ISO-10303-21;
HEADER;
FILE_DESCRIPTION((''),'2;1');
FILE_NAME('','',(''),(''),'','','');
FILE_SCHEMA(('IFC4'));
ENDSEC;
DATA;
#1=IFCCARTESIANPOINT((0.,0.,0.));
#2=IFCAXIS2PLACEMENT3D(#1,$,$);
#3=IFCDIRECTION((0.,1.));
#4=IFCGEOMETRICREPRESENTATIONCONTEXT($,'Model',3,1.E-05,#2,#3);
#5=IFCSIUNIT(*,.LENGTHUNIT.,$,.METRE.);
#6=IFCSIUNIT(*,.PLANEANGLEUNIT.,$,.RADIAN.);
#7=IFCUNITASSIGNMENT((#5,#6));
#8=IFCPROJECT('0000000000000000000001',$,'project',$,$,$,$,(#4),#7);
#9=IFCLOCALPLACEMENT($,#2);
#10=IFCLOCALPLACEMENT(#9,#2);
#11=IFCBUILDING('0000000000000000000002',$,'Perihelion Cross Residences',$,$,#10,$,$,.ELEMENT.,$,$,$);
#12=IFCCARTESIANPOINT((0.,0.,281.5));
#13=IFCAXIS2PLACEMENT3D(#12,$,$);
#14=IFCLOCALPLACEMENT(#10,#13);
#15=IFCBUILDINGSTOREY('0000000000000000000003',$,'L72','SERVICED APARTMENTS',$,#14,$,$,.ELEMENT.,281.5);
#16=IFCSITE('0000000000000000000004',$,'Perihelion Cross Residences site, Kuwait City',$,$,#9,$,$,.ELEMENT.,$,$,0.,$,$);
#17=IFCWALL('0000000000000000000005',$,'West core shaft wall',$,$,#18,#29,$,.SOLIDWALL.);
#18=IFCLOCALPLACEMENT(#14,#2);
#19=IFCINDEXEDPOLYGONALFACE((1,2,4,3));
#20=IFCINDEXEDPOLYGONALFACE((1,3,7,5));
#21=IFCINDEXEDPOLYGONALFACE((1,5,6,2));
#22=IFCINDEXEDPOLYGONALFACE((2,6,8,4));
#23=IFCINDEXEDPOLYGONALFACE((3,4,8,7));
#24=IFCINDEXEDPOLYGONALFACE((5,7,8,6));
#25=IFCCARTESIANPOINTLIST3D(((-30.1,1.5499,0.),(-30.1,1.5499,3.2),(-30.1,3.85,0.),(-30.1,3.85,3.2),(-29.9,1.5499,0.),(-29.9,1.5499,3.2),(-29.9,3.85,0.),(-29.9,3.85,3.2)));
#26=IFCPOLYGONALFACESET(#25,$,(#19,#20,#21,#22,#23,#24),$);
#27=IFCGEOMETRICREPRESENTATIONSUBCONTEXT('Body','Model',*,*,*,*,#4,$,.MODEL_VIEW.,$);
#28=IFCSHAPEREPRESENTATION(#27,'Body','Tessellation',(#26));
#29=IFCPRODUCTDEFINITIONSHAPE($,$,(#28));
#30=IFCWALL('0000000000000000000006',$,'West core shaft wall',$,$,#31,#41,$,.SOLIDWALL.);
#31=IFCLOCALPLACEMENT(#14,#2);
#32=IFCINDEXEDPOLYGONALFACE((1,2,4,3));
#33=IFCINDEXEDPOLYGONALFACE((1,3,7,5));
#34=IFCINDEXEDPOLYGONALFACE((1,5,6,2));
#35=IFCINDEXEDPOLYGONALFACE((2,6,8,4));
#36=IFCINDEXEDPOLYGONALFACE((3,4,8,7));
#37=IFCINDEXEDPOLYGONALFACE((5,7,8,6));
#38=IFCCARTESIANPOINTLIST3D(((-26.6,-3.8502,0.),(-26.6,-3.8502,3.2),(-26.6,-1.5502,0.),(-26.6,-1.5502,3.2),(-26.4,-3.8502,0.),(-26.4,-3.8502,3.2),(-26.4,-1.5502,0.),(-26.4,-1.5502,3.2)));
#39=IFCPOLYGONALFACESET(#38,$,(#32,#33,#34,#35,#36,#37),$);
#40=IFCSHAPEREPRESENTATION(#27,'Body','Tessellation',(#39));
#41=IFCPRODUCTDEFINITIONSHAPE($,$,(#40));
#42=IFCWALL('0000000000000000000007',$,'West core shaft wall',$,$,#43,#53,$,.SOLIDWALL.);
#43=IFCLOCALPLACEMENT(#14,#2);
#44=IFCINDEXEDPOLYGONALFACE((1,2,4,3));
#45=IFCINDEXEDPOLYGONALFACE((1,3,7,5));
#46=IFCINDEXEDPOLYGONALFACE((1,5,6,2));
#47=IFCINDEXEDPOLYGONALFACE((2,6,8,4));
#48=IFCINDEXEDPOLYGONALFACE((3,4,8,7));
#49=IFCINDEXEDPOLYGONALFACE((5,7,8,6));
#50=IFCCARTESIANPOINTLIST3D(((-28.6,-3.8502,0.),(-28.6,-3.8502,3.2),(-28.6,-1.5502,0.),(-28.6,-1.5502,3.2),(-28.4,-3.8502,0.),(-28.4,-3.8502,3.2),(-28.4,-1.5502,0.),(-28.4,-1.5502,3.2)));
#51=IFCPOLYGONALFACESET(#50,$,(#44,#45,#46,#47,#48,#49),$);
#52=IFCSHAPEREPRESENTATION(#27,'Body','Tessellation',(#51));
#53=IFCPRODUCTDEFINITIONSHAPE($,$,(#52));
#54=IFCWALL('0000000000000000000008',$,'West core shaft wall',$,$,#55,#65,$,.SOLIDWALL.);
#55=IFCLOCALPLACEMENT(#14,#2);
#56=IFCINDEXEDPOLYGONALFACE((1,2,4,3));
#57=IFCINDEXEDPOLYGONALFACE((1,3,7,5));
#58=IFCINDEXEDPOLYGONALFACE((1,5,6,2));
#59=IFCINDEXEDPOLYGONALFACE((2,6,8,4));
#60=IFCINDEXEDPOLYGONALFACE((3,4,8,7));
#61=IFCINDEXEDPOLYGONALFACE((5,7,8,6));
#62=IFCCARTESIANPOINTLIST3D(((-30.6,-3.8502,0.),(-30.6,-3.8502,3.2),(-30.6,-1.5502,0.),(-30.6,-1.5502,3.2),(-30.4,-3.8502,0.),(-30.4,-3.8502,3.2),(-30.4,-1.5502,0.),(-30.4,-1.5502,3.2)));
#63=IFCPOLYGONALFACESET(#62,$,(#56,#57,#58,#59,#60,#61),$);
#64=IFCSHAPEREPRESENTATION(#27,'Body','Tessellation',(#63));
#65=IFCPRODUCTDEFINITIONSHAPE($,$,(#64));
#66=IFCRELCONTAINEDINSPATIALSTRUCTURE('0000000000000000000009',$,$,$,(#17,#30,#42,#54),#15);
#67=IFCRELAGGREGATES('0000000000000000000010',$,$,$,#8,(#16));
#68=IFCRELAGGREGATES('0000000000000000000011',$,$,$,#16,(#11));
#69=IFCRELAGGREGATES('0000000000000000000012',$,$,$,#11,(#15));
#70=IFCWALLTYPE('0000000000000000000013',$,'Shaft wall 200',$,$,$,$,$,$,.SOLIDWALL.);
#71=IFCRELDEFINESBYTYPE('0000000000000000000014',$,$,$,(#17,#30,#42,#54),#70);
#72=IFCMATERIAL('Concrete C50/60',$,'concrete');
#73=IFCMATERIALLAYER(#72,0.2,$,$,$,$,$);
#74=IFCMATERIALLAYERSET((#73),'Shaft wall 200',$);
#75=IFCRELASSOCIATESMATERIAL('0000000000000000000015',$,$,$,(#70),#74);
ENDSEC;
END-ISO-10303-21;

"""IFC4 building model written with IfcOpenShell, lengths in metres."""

from ifc_helpers import new_model, si_unit, direction, frame, frame_2d, origin, place, context, subcontext, project, spatial, rectangle, extrude, material, layer, layer_set, type_object, element, save


model = new_model("IFC4")

# Units and contexts
model_context = context("Model", 3, precision=1e-05, world=origin(), true_north=direction((0.0, 1.0)))
body_context = subcontext(model_context, "Body", "Model", "MODEL_VIEW")
ifc_project = project(units=[si_unit("LENGTHUNIT", "METRE"), si_unit("PLANEANGLEUNIT", "RADIAN")], contexts=[model_context])

# Site, building, storey
site_placement = place(None, origin())
site = spatial("IfcSite", under=ifc_project, at=site_placement, Name="Perihelion Cross Residences site, Kuwait City", CompositionType="ELEMENT", RefElevation=0.0)
building_placement = place(site_placement, origin())
building = spatial("IfcBuilding", under=site, at=building_placement, Name="Perihelion Cross Residences", CompositionType="ELEMENT")
storey_placement = place(building_placement, frame((0.0, 0.0, 281.5)))
storey = spatial("IfcBuildingStorey", under=building, at=storey_placement, Name="L72", Description="SERVICED APARTMENTS", CompositionType="ELEMENT", Elevation=281.5)

# Shared definitions
ifc_material_1 = material(Name="Concrete C50/60", Category="concrete")
ifc_layer_1 = layer(ifc_material_1, 0.2)
ifc_layer_set_1 = layer_set([ifc_layer_1], Name="Shaft wall 200")
wall_type_1 = type_object("IfcWallType", Name="Shaft wall 200", PredefinedType="SOLIDWALL", material=ifc_layer_set_1)

# Walls
for number, where, z_axis, x_axis, name in (
    (1, (-30.0, 1.55, 0.0), (0.0, 0.0, 1.0), (0.0, 1.0, 0.0), "West core shaft wall"),
    (2, (-26.5, -3.8501, 0.0), (0.0, 0.0, 1.0), (0.0, 1.0, 0.0), "West core shaft wall"),
    (3, (-28.5, -3.8501, 0.0), (0.0, 0.0, 1.0), (0.0, 1.0, 0.0), "West core shaft wall"),
    (4, (-30.5, -3.8501, 0.0), (0.0, 0.0, 1.0), (0.0, 1.0, 0.0), "West core shaft wall"),
):
    element("IfcWall", number, at=place(storey_placement, frame(where, z_axis=z_axis, x_axis=x_axis)), inside=storey, type_object=wall_type_1, Name=name, PredefinedType="SOLIDWALL", context=body_context, shape_type="SweptSolid", body=[
        extrude(rectangle(XDim=2.3, YDim=0.2, at=frame_2d((1.1499, 0.0))), origin(), (0.0, 0.0, 1.0), 3.2),
    ])

save(model, "model.ifc")
